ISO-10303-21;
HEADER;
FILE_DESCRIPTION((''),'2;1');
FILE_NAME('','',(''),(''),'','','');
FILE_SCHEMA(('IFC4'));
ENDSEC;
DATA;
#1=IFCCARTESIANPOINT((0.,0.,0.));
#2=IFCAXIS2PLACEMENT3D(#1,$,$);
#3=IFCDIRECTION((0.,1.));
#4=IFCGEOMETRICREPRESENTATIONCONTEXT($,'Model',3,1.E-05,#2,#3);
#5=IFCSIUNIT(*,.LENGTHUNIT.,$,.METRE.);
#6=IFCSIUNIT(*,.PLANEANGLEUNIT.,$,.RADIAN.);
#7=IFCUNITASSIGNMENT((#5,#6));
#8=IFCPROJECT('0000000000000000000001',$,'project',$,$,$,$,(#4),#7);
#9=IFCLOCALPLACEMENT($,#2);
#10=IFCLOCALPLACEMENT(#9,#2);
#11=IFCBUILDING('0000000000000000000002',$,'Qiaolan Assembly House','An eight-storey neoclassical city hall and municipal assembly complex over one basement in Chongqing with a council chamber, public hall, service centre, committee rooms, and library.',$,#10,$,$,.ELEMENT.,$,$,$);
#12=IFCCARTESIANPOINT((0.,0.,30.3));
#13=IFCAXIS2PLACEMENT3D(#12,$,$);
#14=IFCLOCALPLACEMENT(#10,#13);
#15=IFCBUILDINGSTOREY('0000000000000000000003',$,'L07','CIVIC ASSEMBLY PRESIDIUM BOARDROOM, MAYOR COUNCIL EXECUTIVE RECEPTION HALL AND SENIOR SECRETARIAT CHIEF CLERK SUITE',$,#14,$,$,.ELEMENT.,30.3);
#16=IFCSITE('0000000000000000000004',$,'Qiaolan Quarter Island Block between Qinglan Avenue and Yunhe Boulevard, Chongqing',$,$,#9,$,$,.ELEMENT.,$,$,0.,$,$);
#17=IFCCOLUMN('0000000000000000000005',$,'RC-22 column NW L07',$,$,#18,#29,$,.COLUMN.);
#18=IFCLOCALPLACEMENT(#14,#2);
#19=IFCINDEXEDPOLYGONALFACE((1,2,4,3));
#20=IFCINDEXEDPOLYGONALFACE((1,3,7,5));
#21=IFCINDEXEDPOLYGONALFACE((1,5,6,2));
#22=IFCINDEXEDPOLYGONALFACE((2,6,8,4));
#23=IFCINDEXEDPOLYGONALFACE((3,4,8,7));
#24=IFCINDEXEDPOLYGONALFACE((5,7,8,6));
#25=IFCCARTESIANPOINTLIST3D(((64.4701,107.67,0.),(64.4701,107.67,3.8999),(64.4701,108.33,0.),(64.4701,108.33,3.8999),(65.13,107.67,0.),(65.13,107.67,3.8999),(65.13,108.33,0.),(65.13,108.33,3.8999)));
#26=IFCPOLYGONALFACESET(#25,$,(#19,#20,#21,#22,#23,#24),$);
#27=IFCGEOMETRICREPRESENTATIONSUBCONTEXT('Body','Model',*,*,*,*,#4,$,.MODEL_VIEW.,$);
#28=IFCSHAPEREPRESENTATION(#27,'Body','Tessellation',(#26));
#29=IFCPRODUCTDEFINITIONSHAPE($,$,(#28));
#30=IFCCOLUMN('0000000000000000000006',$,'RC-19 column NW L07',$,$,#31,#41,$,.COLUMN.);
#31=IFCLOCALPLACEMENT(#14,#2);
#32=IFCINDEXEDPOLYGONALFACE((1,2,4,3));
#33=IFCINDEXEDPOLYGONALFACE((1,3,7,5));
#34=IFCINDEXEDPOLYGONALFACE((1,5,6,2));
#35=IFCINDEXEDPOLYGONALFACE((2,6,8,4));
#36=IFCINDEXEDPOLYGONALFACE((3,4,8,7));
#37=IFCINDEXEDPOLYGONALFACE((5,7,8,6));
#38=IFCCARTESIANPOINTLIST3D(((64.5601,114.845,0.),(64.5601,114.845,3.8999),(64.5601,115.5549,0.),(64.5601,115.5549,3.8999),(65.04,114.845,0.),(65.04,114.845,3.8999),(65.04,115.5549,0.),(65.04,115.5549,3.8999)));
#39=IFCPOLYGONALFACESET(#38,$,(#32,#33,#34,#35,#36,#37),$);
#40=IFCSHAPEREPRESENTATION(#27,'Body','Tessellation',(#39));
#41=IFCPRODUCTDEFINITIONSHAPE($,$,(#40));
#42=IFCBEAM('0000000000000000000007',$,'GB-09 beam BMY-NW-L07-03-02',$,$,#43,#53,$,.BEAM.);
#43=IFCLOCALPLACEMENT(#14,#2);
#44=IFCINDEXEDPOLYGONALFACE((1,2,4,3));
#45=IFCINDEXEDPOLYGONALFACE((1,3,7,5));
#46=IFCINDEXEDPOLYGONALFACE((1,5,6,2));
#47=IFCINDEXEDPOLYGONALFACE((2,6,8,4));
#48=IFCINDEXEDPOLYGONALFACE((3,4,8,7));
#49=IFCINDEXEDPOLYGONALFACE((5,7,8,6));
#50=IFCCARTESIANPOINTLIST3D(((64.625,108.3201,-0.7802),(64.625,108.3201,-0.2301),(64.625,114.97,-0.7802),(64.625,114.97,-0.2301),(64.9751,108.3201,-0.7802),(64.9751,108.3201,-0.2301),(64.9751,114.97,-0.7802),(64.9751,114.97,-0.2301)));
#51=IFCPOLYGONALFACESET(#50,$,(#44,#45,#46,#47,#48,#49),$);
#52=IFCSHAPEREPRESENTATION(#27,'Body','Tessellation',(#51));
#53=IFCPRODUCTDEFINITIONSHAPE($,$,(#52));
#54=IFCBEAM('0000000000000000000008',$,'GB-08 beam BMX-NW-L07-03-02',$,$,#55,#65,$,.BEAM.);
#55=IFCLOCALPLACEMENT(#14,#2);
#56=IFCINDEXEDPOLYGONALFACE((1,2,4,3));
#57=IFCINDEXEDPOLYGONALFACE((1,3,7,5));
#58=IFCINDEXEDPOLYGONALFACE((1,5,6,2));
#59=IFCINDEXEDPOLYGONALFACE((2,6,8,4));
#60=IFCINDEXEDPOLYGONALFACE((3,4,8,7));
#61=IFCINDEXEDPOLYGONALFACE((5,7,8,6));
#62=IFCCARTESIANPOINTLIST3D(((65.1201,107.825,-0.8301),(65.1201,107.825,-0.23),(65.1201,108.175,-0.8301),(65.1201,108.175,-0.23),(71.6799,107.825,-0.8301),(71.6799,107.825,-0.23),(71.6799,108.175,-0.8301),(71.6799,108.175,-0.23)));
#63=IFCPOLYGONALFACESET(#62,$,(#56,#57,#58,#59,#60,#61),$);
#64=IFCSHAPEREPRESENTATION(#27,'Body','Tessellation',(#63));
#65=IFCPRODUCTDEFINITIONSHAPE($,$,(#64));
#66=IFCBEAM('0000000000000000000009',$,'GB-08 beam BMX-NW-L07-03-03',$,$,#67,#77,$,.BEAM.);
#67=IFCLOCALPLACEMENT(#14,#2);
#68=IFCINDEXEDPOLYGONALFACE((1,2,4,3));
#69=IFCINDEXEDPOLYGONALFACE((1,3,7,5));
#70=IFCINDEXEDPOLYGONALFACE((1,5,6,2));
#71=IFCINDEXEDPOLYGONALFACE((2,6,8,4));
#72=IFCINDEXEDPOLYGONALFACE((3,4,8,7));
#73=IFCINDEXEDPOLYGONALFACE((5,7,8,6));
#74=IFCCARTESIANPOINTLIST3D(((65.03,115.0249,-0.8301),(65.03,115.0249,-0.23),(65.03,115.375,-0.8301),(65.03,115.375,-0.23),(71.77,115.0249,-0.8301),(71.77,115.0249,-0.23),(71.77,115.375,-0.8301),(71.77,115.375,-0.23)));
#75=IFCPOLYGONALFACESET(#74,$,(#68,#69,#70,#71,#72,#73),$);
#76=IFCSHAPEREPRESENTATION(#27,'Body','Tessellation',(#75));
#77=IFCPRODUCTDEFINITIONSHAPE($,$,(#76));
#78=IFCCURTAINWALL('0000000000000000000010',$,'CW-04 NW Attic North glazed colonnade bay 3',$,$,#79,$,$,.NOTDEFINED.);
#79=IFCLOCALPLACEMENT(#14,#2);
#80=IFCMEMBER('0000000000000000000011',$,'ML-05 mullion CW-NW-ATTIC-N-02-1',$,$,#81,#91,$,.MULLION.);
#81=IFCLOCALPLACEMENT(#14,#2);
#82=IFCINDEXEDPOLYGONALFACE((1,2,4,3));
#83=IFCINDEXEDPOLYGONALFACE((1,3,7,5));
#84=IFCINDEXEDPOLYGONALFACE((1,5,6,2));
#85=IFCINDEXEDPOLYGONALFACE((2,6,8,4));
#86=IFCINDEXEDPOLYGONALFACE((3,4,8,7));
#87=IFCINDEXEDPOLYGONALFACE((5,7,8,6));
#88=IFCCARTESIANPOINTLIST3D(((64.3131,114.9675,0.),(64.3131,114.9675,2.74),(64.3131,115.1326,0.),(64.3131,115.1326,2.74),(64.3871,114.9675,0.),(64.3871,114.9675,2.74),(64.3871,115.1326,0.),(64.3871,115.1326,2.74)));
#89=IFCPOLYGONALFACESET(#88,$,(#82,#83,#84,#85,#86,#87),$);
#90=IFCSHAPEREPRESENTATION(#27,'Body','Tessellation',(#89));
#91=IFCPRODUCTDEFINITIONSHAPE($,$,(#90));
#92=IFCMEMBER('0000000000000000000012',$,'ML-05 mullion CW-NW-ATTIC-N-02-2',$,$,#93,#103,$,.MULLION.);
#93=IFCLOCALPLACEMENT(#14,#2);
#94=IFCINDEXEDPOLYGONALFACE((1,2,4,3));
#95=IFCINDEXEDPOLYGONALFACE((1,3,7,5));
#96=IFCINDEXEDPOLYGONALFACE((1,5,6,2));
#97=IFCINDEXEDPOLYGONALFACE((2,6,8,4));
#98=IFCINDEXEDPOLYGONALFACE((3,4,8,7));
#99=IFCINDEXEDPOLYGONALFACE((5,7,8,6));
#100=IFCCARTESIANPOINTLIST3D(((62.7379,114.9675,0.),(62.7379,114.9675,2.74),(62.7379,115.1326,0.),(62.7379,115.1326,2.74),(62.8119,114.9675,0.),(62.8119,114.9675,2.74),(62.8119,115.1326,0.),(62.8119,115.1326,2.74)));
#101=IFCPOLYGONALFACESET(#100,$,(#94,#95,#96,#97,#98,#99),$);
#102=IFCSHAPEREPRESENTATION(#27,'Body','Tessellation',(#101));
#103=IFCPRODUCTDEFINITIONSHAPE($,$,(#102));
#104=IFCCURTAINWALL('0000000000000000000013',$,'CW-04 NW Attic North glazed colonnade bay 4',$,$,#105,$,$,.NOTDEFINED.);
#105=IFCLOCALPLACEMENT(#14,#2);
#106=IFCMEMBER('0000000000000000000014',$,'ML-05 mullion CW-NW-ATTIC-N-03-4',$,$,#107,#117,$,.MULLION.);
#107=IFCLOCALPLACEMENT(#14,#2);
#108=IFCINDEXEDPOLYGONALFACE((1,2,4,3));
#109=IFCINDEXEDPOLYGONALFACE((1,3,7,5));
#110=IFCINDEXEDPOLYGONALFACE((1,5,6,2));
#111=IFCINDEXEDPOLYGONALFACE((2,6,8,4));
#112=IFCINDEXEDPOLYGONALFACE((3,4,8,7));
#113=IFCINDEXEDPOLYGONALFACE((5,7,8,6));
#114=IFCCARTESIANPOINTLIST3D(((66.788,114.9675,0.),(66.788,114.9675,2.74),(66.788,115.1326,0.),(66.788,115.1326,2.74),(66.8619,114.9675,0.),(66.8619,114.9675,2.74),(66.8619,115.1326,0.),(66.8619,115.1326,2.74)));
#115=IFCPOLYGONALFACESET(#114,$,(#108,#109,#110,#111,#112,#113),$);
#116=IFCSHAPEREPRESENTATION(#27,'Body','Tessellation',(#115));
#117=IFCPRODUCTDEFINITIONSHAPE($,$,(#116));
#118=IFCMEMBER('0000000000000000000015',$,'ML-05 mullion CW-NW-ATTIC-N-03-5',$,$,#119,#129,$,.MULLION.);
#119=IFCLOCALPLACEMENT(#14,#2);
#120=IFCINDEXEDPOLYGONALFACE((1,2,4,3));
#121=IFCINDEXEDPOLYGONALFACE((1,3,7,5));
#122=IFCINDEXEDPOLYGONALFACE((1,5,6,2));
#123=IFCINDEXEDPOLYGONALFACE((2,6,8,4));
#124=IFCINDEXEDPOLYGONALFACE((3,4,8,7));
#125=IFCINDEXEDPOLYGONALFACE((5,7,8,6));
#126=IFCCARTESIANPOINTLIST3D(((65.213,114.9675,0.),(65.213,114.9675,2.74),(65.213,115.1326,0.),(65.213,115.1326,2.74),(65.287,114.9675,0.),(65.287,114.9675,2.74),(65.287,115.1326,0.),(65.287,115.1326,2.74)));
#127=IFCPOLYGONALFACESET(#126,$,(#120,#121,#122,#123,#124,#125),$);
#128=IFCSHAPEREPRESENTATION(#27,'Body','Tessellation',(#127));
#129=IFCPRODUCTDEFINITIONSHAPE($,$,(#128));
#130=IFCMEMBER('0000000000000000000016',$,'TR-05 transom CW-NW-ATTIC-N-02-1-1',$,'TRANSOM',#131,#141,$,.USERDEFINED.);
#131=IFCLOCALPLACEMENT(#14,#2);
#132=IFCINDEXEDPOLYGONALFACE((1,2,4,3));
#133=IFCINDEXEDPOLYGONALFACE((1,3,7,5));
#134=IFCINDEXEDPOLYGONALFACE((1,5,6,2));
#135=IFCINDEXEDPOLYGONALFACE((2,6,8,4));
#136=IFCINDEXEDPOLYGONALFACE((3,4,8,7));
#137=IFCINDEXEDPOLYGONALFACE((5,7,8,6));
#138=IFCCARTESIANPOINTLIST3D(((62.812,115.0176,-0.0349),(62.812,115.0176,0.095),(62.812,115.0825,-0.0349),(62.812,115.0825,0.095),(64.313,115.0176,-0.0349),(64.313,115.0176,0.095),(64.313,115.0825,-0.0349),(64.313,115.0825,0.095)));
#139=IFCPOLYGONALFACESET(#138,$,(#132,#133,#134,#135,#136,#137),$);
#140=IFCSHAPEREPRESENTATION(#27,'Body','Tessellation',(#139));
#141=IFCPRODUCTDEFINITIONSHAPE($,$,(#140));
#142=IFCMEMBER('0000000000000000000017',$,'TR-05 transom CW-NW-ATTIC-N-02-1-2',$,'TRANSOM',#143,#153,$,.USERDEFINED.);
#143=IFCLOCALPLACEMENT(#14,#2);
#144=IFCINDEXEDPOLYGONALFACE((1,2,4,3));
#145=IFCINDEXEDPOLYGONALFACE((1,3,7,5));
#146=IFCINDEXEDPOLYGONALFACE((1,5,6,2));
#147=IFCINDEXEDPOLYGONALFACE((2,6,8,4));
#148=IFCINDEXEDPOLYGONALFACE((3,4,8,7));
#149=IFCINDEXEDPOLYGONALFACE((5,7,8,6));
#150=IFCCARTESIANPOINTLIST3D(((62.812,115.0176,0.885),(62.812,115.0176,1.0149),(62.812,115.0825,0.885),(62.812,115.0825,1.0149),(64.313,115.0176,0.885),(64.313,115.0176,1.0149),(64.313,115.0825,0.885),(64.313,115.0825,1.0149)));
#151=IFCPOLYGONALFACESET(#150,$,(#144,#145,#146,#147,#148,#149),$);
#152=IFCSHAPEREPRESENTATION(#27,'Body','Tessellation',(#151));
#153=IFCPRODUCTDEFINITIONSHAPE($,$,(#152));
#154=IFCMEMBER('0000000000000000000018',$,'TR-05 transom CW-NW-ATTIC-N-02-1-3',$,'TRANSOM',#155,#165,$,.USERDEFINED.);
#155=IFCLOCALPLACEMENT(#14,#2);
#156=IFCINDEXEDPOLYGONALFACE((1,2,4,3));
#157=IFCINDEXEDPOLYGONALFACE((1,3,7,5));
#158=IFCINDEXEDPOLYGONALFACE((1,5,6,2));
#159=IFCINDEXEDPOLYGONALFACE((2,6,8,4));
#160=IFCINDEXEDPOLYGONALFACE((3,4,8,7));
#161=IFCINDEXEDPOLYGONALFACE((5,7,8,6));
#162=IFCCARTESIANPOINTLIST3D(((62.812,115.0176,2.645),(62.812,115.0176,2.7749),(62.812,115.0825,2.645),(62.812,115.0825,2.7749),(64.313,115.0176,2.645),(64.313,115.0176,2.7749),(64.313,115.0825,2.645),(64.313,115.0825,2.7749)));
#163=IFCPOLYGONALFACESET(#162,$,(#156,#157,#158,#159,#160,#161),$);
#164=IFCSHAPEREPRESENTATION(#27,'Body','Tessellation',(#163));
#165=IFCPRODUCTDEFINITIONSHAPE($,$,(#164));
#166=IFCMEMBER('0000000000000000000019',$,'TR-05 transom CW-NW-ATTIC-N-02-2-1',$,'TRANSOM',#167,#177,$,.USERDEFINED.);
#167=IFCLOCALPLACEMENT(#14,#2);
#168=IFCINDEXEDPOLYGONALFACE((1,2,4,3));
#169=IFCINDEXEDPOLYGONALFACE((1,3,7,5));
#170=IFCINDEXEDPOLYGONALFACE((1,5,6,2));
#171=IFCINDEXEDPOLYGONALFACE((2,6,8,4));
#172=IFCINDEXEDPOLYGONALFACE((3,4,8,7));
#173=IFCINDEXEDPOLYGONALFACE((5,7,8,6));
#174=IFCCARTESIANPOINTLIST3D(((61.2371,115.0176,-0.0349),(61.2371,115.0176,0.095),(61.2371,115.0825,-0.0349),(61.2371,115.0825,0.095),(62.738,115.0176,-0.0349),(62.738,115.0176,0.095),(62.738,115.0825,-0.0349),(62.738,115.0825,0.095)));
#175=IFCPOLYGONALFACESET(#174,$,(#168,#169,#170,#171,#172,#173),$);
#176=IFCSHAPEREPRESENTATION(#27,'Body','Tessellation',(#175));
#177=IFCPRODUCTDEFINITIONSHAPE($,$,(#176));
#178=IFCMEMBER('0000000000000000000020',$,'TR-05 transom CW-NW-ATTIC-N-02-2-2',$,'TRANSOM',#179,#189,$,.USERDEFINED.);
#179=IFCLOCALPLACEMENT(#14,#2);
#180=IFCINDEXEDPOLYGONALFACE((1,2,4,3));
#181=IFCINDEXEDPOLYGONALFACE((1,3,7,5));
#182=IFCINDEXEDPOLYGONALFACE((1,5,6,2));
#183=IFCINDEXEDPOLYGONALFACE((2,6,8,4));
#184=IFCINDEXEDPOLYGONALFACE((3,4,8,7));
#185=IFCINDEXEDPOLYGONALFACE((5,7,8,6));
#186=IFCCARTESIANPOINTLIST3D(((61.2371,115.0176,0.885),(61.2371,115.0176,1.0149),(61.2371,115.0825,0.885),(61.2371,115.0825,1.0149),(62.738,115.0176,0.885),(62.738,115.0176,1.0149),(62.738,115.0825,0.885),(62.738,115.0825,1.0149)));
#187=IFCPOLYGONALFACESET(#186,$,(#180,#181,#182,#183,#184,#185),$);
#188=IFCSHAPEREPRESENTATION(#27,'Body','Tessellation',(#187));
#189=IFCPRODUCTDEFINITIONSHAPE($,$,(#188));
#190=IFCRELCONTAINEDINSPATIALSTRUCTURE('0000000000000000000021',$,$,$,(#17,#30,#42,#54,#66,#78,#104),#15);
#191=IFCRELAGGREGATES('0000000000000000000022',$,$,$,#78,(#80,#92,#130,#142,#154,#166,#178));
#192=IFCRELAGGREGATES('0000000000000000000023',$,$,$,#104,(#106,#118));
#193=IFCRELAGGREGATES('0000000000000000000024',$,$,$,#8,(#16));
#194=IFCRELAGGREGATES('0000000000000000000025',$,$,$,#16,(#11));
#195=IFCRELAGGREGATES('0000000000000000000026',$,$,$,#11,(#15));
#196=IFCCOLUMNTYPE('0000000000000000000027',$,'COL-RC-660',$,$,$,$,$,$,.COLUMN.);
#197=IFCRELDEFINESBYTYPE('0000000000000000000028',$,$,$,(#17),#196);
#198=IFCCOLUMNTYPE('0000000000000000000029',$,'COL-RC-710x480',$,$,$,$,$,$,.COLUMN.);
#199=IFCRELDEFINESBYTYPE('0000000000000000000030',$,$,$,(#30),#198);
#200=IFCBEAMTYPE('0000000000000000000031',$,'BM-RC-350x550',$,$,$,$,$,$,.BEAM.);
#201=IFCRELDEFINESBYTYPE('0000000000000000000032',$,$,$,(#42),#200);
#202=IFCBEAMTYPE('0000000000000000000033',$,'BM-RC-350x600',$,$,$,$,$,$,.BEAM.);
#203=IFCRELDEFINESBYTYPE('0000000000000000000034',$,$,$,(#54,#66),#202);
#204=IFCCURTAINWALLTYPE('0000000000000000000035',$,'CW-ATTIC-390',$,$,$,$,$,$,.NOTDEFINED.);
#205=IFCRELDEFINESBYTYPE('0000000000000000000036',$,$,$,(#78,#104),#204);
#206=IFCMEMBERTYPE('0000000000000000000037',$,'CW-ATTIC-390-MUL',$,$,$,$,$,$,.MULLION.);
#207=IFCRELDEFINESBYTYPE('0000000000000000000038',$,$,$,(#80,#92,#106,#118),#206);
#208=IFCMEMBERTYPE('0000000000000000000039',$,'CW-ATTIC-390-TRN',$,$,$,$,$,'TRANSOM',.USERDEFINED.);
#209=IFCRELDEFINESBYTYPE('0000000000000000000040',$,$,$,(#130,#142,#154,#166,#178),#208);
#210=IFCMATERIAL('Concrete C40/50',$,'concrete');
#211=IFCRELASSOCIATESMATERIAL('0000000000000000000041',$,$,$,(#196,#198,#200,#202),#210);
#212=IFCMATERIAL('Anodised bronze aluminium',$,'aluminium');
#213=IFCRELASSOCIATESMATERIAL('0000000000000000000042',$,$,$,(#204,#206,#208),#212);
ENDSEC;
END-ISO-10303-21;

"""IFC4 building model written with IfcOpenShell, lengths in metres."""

from ifc_helpers import new_model, si_unit, direction, frame, origin, origin_2d, place, context, subcontext, project, spatial, rectangle, extrude, material, material_profile, profile_set, type_object, element, aggregate, save


model = new_model("IFC4")

# Units and contexts
model_context = context("Model", 3, precision=1e-05, world=origin(), true_north=direction((0.0, 1.0)))
body_context = subcontext(model_context, "Body", "Model", "MODEL_VIEW")
ifc_project = project(units=[si_unit("LENGTHUNIT", "METRE"), si_unit("PLANEANGLEUNIT", "RADIAN")], contexts=[model_context])

# Site, building, storey
site_placement = place(None, origin())
site = spatial("IfcSite", under=ifc_project, at=site_placement, Name="Qiaolan Quarter Island Block between Qinglan Avenue and Yunhe Boulevard, Chongqing", CompositionType="ELEMENT", RefElevation=0.0)
building_placement = place(site_placement, origin())
building = spatial("IfcBuilding", under=site, at=building_placement, Name="Qiaolan Assembly House", Description="An eight-storey neoclassical city hall and municipal assembly complex over one basement in Chongqing with a council chamber, public hall, service centre, committee rooms, and library.", CompositionType="ELEMENT")
storey_placement = place(building_placement, frame((0.0, 0.0, 30.3)))
storey = spatial("IfcBuildingStorey", under=building, at=storey_placement, Name="L07", Description="CIVIC ASSEMBLY PRESIDIUM BOARDROOM, MAYOR COUNCIL EXECUTIVE RECEPTION HALL AND SENIOR SECRETARIAT CHIEF CLERK SUITE", CompositionType="ELEMENT", Elevation=30.3)

# Columns
ifc_material_1 = material(Name="Concrete C40/50", Category="concrete")
ifc_material_profile_1 = material_profile(ifc_material_1, rectangle(XDim=0.6599, YDim=0.6599, at=origin_2d()), Name="RC 660x660")
ifc_profile_set_1 = profile_set([ifc_material_profile_1], Name="Concrete C40/50")
column_type_1 = type_object("IfcColumnType", Name="COL-RC-660", PredefinedType="COLUMN", material=ifc_profile_set_1)
column_1_placement = place(storey_placement, frame((64.8, 108.0, 0.0), z_axis=(0.0, 0.0, 1.0), x_axis=(1.0, 0.0, 0.0)))
element("IfcColumn", 1, at=column_1_placement, inside=storey, type_object=column_type_1, Name="RC-22 column NW L07", PredefinedType="COLUMN", context=body_context, shape_type="SweptSolid", body=[
    extrude(rectangle(XDim=0.6599, YDim=0.6599, at=origin_2d()), origin(), (0.0, 0.0, 1.0), 3.8999),
])
ifc_material_profile_2 = material_profile(ifc_material_1, rectangle(XDim=0.48, YDim=0.71, at=origin_2d()), Name="RC 710x480")
ifc_profile_set_2 = profile_set([ifc_material_profile_2], Name="Concrete C40/50")
column_type_2 = type_object("IfcColumnType", Name="COL-RC-710x480", PredefinedType="COLUMN", material=ifc_profile_set_2)
column_2_placement = place(storey_placement, frame((64.8, 115.2, 0.0), z_axis=(0.0, 0.0, 1.0), x_axis=(1.0, 0.0, 0.0)))
element("IfcColumn", 2, at=column_2_placement, inside=storey, type_object=column_type_2, Name="RC-19 column NW L07", PredefinedType="COLUMN", context=body_context, shape_type="SweptSolid", body=[
    extrude(rectangle(XDim=0.48, YDim=0.71, at=origin_2d()), origin(), (0.0, 0.0, 1.0), 3.8999),
])

# Beams
ifc_material_profile_3 = material_profile(ifc_material_1, rectangle(XDim=0.3501, YDim=0.55, at=origin_2d()), Name="RCB 350x550")
ifc_profile_set_3 = profile_set([ifc_material_profile_3], Name="Concrete C40/50")
beam_type_1 = type_object("IfcBeamType", Name="BM-RC-350x550", PredefinedType="BEAM", material=ifc_profile_set_3)
beam_1_placement = place(storey_placement, frame((64.8, 108.3201, -0.5051), z_axis=(0.0, 1.0, 0.0), x_axis=(-1.0, 0.0, 0.0)))
element("IfcBeam", 3, at=beam_1_placement, inside=storey, type_object=beam_type_1, Name="GB-09 beam BMY-NW-L07-03-02", PredefinedType="BEAM", context=body_context, shape_type="SweptSolid", body=[
    extrude(rectangle(XDim=0.3501, YDim=0.55, at=origin_2d()), origin(), (0.0, 0.0, 1.0), 6.6499),
])
ifc_material_profile_4 = material_profile(ifc_material_1, rectangle(XDim=0.3501, YDim=0.6001, at=origin_2d()), Name="RCB 350x600")
ifc_profile_set_4 = profile_set([ifc_material_profile_4], Name="Concrete C40/50")
beam_type_2 = type_object("IfcBeamType", Name="BM-RC-350x600", PredefinedType="BEAM", material=ifc_profile_set_4)
beam_2_placement = place(storey_placement, frame((65.1201, 108.0, -0.53), z_axis=(1.0, 0.0, 0.0), x_axis=(0.0, 1.0, 0.0)))
element("IfcBeam", 4, at=beam_2_placement, inside=storey, type_object=beam_type_2, Name="GB-08 beam BMX-NW-L07-03-02", PredefinedType="BEAM", context=body_context, shape_type="SweptSolid", body=[
    extrude(rectangle(XDim=0.3501, YDim=0.6001, at=origin_2d()), origin(), (0.0, 0.0, 1.0), 6.5598),
])
beam_3_placement = place(storey_placement, frame((65.03, 115.2, -0.53), z_axis=(1.0, 0.0, 0.0), x_axis=(0.0, 1.0, 0.0)))
element("IfcBeam", 5, at=beam_3_placement, inside=storey, type_object=beam_type_2, Name="GB-08 beam BMX-NW-L07-03-03", PredefinedType="BEAM", context=body_context, shape_type="SweptSolid", body=[
    extrude(rectangle(XDim=0.3501, YDim=0.6001, at=origin_2d()), origin(), (0.0, 0.0, 1.0), 6.74),
])

# Curtain walls, members
ifc_material_2 = material(Name="Anodised bronze aluminium", Category="aluminium")
curtain_wall_type = type_object("IfcCurtainWallType", Name="CW-ATTIC-390", PredefinedType="NOTDEFINED", material=ifc_material_2)
curtain_wall_1_placement = place(storey_placement, origin())
curtain_wall_1 = element("IfcCurtainWall", 6, at=curtain_wall_1_placement, inside=storey, type_object=curtain_wall_type, Name="CW-04 NW Attic North glazed colonnade bay 3", PredefinedType="NOTDEFINED")
ifc_material_profile_5 = material_profile(ifc_material_2, rectangle(XDim=0.074, YDim=0.165, at=origin_2d()), Name="MUL 74x165")
ifc_profile_set_5 = profile_set([ifc_material_profile_5], Name="Anodised bronze aluminium")
member_type_1 = type_object("IfcMemberType", Name="CW-ATTIC-390-MUL", PredefinedType="MULLION", material=ifc_profile_set_5)
member_1_placement = place(storey_placement, frame((64.3501, 115.05, 0.0), z_axis=(0.0, 0.0, 1.0), x_axis=(-1.0, 0.0, 0.0)))
member_1 = element("IfcMember", 7, at=member_1_placement, type_object=member_type_1, Name="ML-05 mullion CW-NW-ATTIC-N-02-1", PredefinedType="MULLION", context=body_context, shape_type="SweptSolid", body=[
    extrude(rectangle(XDim=0.074, YDim=0.165, at=origin_2d()), origin(), (0.0, 0.0, 1.0), 2.74),
])
member_2_placement = place(storey_placement, frame((62.7749, 115.05, 0.0), z_axis=(0.0, 0.0, 1.0), x_axis=(-1.0, 0.0, 0.0)))
member_2 = element("IfcMember", 8, at=member_2_placement, type_object=member_type_1, Name="ML-05 mullion CW-NW-ATTIC-N-02-2", PredefinedType="MULLION", context=body_context, shape_type="SweptSolid", body=[
    extrude(rectangle(XDim=0.074, YDim=0.165, at=origin_2d()), origin(), (0.0, 0.0, 1.0), 2.74),
])
curtain_wall_2_placement = place(storey_placement, origin())
curtain_wall_2 = element("IfcCurtainWall", 9, at=curtain_wall_2_placement, inside=storey, type_object=curtain_wall_type, Name="CW-04 NW Attic North glazed colonnade bay 4", PredefinedType="NOTDEFINED")
member_3_placement = place(storey_placement, frame((66.825, 115.05, 0.0), z_axis=(0.0, 0.0, 1.0), x_axis=(-1.0, 0.0, 0.0)))
member_3 = element("IfcMember", 10, at=member_3_placement, type_object=member_type_1, Name="ML-05 mullion CW-NW-ATTIC-N-03-4", PredefinedType="MULLION", context=body_context, shape_type="SweptSolid", body=[
    extrude(rectangle(XDim=0.074, YDim=0.165, at=origin_2d()), origin(), (0.0, 0.0, 1.0), 2.74),
])
member_4_placement = place(storey_placement, frame((65.25, 115.05, 0.0), z_axis=(0.0, 0.0, 1.0), x_axis=(-1.0, 0.0, 0.0)))
member_4 = element("IfcMember", 11, at=member_4_placement, type_object=member_type_1, Name="ML-05 mullion CW-NW-ATTIC-N-03-5", PredefinedType="MULLION", context=body_context, shape_type="SweptSolid", body=[
    extrude(rectangle(XDim=0.074, YDim=0.165, at=origin_2d()), origin(), (0.0, 0.0, 1.0), 2.74),
])

# Members
ifc_material_profile_6 = material_profile(ifc_material_2, rectangle(XDim=0.0649, YDim=0.1299, at=origin_2d()), Name="TRN 65x130")
ifc_profile_set_6 = profile_set([ifc_material_profile_6], Name="Anodised bronze aluminium")
member_type_2 = type_object("IfcMemberType", Name="CW-ATTIC-390-TRN", ElementType="TRANSOM", PredefinedType="USERDEFINED", material=ifc_profile_set_6)
member_5_placement = place(storey_placement, frame((64.313, 115.05, 0.03), z_axis=(-1.0, 0.0, 0.0), x_axis=(0.0, -1.0, 0.0)))
member_5 = element("IfcMember", 12, at=member_5_placement, type_object=member_type_2, Name="TR-05 transom CW-NW-ATTIC-N-02-1-1", ObjectType="TRANSOM", PredefinedType="USERDEFINED", context=body_context, shape_type="SweptSolid", body=[
    extrude(rectangle(XDim=0.0649, YDim=0.1299, at=origin_2d()), origin(), (0.0, 0.0, 1.0), 1.501),
])
member_6_placement = place(storey_placement, frame((64.313, 115.05, 0.95), z_axis=(-1.0, 0.0, 0.0), x_axis=(0.0, -1.0, 0.0)))
member_6 = element("IfcMember", 13, at=member_6_placement, type_object=member_type_2, Name="TR-05 transom CW-NW-ATTIC-N-02-1-2", ObjectType="TRANSOM", PredefinedType="USERDEFINED", context=body_context, shape_type="SweptSolid", body=[
    extrude(rectangle(XDim=0.0649, YDim=0.1299, at=origin_2d()), origin(), (0.0, 0.0, 1.0), 1.501),
])
member_7_placement = place(storey_placement, frame((64.313, 115.05, 2.71), z_axis=(-1.0, 0.0, 0.0), x_axis=(0.0, -1.0, 0.0)))
member_7 = element("IfcMember", 14, at=member_7_placement, type_object=member_type_2, Name="TR-05 transom CW-NW-ATTIC-N-02-1-3", ObjectType="TRANSOM", PredefinedType="USERDEFINED", context=body_context, shape_type="SweptSolid", body=[
    extrude(rectangle(XDim=0.0649, YDim=0.1299, at=origin_2d()), origin(), (0.0, 0.0, 1.0), 1.501),
])
member_8_placement = place(storey_placement, frame((62.738, 115.05, 0.03), z_axis=(-1.0, 0.0, 0.0), x_axis=(0.0, -1.0, 0.0)))
member_8 = element("IfcMember", 15, at=member_8_placement, type_object=member_type_2, Name="TR-05 transom CW-NW-ATTIC-N-02-2-1", ObjectType="TRANSOM", PredefinedType="USERDEFINED", context=body_context, shape_type="SweptSolid", body=[
    extrude(rectangle(XDim=0.0649, YDim=0.1299, at=origin_2d()), origin(), (0.0, 0.0, 1.0), 1.501),
])
member_9_placement = place(storey_placement, frame((62.738, 115.05, 0.95), z_axis=(-1.0, 0.0, 0.0), x_axis=(0.0, -1.0, 0.0)))
member_9 = element("IfcMember", 16, at=member_9_placement, type_object=member_type_2, Name="TR-05 transom CW-NW-ATTIC-N-02-2-2", ObjectType="TRANSOM", PredefinedType="USERDEFINED", context=body_context, shape_type="SweptSolid", body=[
    extrude(rectangle(XDim=0.0649, YDim=0.1299, at=origin_2d()), origin(), (0.0, 0.0, 1.0), 1.501),
])

aggregate(curtain_wall_1, [member_1, member_2, member_5, member_6, member_7, member_8, member_9])
aggregate(curtain_wall_2, [member_3, member_4])

save(model, "model.ifc")
